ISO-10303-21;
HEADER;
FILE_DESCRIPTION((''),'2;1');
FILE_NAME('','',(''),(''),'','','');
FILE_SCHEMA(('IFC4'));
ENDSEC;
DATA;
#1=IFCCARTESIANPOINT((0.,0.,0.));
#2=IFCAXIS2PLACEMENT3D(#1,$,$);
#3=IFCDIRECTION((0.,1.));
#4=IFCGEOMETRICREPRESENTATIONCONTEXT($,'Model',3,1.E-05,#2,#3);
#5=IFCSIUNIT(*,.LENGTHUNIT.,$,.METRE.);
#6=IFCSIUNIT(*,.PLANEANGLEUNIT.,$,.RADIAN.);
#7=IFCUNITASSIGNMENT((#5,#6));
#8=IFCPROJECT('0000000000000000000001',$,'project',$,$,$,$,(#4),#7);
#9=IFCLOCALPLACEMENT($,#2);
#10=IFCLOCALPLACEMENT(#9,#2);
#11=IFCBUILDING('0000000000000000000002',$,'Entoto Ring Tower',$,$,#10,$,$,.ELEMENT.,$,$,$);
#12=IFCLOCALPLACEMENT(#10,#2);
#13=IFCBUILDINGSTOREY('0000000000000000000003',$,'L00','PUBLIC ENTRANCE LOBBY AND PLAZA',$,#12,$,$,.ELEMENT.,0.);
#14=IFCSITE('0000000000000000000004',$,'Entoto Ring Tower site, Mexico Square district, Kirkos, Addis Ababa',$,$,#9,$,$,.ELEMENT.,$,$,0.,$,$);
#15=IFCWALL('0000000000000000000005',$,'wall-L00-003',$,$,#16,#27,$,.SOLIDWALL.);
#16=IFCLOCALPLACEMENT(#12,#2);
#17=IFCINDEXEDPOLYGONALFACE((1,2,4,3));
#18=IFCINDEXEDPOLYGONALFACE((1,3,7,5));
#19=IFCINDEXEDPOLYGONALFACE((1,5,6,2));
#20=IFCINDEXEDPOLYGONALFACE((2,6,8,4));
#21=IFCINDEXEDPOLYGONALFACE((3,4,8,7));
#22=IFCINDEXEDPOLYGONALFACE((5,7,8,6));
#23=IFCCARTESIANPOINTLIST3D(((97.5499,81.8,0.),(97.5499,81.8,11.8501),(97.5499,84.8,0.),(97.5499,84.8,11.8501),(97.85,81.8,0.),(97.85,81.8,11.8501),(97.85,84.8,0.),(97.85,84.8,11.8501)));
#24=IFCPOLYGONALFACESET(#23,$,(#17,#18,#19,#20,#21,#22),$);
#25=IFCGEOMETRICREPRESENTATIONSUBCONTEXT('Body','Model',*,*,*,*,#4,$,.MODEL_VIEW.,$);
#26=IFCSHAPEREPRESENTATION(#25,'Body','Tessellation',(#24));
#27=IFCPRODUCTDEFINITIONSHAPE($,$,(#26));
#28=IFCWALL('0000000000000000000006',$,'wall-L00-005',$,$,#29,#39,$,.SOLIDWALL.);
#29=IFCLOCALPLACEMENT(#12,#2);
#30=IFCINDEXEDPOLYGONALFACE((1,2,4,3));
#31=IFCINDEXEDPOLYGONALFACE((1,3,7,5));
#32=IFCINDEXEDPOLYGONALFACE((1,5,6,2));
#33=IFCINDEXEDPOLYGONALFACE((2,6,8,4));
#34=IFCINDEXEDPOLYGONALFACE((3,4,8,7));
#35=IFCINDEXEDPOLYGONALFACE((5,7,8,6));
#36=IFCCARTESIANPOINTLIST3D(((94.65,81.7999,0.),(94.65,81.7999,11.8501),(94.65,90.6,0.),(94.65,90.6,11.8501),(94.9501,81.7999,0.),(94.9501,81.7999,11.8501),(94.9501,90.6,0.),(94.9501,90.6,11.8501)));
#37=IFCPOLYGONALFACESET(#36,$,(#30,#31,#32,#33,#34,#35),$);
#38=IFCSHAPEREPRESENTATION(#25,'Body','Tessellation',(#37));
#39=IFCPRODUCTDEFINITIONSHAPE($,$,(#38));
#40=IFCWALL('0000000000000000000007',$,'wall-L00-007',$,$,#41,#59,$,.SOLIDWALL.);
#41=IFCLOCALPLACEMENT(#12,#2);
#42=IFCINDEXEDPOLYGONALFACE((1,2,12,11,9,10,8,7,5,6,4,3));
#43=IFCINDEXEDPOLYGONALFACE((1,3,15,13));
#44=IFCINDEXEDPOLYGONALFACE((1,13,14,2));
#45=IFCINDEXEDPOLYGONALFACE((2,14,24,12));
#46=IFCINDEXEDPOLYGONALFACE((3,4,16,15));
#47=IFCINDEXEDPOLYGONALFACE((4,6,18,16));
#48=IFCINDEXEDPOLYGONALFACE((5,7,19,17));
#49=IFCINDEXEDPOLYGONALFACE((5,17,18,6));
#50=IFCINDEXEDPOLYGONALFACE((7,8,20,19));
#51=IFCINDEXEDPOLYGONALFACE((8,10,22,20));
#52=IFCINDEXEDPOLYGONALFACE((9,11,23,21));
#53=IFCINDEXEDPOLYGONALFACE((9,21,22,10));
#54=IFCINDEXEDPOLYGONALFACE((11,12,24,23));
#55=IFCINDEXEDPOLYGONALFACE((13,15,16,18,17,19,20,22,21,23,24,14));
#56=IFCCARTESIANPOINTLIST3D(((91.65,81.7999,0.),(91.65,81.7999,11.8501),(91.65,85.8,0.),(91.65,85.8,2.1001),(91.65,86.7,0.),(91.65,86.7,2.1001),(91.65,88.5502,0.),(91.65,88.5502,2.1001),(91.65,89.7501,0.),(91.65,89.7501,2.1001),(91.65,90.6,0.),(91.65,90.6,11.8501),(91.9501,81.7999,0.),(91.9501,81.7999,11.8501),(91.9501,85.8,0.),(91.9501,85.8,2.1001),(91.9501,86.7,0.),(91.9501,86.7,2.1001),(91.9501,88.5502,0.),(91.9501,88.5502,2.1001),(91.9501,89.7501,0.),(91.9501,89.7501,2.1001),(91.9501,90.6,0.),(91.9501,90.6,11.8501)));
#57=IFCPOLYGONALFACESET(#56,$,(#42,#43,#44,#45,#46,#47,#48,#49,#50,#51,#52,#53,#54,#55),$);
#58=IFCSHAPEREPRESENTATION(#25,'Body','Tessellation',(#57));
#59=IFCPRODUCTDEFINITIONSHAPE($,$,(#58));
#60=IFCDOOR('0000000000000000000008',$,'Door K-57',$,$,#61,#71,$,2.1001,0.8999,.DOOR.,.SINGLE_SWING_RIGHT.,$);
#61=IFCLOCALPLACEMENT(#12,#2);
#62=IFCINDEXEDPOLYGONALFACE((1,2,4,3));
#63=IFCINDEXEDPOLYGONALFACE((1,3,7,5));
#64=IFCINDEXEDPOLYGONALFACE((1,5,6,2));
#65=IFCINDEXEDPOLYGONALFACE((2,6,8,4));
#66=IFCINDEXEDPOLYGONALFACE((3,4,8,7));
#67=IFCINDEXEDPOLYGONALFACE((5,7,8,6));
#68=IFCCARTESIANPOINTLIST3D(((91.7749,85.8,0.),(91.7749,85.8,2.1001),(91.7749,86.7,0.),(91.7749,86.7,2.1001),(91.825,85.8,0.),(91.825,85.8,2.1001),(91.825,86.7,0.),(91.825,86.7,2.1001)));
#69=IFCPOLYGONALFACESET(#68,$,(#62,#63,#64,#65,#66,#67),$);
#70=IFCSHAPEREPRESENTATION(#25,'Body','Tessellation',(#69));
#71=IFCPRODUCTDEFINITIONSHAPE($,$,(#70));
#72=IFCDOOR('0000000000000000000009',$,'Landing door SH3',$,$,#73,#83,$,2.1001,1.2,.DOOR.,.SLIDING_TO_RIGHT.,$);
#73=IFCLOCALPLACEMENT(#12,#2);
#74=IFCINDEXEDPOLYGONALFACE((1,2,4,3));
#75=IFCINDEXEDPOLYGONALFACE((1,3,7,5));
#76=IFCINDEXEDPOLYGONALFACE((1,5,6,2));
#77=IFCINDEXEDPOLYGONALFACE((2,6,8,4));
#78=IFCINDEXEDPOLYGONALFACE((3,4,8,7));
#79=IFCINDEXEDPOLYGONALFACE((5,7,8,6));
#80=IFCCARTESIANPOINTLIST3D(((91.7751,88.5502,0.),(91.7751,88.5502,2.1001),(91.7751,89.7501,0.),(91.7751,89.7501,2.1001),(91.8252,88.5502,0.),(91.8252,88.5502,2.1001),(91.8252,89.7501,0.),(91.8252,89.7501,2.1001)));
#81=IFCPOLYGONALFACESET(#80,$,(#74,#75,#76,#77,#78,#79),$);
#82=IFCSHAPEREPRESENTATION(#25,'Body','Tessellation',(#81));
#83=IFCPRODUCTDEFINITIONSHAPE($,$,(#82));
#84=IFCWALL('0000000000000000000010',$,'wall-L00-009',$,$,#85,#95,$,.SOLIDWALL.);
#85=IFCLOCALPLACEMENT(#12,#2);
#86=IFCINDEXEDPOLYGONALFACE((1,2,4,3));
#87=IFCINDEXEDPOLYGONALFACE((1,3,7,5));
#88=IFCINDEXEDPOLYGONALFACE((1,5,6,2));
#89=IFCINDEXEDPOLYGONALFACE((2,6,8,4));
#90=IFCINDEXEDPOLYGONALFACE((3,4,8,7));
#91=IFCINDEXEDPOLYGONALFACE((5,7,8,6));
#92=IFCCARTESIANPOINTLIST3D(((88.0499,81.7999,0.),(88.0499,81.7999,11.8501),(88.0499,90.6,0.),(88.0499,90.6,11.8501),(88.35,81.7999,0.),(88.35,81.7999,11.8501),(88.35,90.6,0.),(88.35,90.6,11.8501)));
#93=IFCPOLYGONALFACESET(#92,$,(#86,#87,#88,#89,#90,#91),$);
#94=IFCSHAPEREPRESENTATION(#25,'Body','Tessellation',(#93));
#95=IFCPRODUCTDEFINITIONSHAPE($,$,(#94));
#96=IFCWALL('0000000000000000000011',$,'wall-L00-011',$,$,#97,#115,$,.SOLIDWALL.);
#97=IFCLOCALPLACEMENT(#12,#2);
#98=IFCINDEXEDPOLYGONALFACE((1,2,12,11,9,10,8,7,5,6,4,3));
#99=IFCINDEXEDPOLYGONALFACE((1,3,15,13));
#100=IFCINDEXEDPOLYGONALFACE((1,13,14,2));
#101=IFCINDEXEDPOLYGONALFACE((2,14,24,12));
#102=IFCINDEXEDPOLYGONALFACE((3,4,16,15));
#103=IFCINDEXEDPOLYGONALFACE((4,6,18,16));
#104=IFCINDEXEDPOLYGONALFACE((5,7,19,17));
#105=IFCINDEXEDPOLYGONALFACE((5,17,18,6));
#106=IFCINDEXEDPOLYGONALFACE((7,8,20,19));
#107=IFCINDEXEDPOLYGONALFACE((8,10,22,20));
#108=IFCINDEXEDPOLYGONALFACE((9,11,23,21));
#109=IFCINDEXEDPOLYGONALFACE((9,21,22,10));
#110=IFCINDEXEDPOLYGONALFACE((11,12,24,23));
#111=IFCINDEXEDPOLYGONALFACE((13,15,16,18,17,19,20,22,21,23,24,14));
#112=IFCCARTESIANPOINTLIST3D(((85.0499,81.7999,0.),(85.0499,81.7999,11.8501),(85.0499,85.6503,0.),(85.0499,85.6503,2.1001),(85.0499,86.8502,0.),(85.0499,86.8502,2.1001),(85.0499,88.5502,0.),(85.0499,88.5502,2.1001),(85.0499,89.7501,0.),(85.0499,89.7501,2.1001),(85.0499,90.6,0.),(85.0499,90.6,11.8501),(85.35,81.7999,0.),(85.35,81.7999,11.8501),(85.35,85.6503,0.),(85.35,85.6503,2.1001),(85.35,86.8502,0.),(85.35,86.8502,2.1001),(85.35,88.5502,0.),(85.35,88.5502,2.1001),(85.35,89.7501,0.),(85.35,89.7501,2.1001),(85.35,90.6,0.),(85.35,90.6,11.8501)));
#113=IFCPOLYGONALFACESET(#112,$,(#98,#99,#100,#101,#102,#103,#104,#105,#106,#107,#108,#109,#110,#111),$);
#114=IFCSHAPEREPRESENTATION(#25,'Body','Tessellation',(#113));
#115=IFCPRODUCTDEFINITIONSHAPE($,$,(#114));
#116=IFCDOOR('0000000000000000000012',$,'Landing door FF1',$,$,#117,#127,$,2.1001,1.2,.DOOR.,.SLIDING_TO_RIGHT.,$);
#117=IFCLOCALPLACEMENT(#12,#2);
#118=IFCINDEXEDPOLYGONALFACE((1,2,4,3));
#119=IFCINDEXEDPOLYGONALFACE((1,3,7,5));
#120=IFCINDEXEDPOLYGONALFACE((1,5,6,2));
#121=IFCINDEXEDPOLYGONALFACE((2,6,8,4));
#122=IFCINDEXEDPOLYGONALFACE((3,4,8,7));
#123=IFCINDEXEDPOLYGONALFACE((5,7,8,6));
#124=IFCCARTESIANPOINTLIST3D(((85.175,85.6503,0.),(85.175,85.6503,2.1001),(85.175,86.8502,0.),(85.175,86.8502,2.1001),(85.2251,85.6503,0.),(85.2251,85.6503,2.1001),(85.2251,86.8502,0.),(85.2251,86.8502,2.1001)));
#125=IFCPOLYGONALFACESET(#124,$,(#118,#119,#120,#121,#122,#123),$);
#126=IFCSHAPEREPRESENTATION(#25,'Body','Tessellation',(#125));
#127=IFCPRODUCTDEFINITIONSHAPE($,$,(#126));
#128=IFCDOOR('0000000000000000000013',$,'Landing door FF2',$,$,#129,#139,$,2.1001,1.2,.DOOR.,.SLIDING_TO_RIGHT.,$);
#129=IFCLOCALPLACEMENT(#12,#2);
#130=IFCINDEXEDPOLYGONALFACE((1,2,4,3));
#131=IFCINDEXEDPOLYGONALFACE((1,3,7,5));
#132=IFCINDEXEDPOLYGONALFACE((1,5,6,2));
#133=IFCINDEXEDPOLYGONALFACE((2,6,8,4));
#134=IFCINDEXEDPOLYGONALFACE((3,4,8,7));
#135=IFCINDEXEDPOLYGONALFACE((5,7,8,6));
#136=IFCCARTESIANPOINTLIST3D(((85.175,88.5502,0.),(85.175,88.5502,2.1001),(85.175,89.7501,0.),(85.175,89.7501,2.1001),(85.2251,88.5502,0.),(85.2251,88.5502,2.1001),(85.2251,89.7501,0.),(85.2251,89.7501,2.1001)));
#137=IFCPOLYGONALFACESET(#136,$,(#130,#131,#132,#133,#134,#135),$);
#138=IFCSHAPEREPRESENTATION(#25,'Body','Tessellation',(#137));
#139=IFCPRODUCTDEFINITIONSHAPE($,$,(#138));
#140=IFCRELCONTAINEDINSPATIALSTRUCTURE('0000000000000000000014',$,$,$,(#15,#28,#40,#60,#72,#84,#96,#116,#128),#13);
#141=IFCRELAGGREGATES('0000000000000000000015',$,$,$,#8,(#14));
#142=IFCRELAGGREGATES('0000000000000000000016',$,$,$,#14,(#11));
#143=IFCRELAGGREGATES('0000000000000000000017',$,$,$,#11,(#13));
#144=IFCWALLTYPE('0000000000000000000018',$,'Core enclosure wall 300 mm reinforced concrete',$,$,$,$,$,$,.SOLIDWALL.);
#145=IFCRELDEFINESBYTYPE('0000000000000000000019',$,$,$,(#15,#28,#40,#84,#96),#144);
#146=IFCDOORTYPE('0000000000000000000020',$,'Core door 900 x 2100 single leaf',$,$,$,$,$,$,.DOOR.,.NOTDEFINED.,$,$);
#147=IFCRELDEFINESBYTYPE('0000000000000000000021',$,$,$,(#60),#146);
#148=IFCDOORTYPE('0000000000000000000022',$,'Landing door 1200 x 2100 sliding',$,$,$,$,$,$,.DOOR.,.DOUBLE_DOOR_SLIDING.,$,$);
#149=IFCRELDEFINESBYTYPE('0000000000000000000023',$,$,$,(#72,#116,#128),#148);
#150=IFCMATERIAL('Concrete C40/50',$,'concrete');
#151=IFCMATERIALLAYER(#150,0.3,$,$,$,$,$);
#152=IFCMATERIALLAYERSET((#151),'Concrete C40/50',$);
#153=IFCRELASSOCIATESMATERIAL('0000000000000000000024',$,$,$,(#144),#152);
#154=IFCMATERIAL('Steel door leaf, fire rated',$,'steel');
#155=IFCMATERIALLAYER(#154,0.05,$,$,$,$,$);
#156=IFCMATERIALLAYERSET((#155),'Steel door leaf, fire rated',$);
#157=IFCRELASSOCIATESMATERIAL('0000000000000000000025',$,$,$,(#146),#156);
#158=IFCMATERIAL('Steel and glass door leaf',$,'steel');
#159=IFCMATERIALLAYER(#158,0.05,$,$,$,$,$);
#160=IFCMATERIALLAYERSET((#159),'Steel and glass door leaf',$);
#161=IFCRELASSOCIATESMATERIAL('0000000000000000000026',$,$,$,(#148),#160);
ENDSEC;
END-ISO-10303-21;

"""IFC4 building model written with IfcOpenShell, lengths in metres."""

from ifc_helpers import new_model, si_unit, direction, frame, frame_2d, origin, place, context, subcontext, project, spatial, rectangle, extrude, material, layer, layer_set, type_object, element, fill, save


model = new_model("IFC4")

# Units and contexts
model_context = context("Model", 3, precision=1e-05, world=origin(), true_north=direction((0.0, 1.0)))
body_context = subcontext(model_context, "Body", "Model", "MODEL_VIEW")
ifc_project = project(units=[si_unit("LENGTHUNIT", "METRE"), si_unit("PLANEANGLEUNIT", "RADIAN")], contexts=[model_context])

# Site, building, storey
site_placement = place(None, origin())
site = spatial("IfcSite", under=ifc_project, at=site_placement, Name="Entoto Ring Tower site, Mexico Square district, Kirkos, Addis Ababa", CompositionType="ELEMENT", RefElevation=0.0)
building_placement = place(site_placement, origin())
building = spatial("IfcBuilding", under=site, at=building_placement, Name="Entoto Ring Tower", CompositionType="ELEMENT")
storey_placement = place(building_placement, origin())
storey = spatial("IfcBuildingStorey", under=building, at=storey_placement, Name="L00", Description="PUBLIC ENTRANCE LOBBY AND PLAZA", CompositionType="ELEMENT", Elevation=0.0)

# Walls
ifc_material_1 = material(Name="Concrete C40/50", Category="concrete")
ifc_layer_1 = layer(ifc_material_1, 0.3)
ifc_layer_set_1 = layer_set([ifc_layer_1], Name="Concrete C40/50")
wall_type = type_object("IfcWallType", Name="Core enclosure wall 300 mm reinforced concrete", PredefinedType="SOLIDWALL", material=ifc_layer_set_1)
wall_1_placement = place(storey_placement, frame((97.7, 81.8, 0.0), z_axis=(0.0, 0.0, 1.0), x_axis=(0.0, 1.0, 0.0)))
element("IfcWall", 1, at=wall_1_placement, inside=storey, type_object=wall_type, Name="wall-L00-003", PredefinedType="SOLIDWALL", context=body_context, shape_type="SweptSolid", body=[
    extrude(rectangle(XDim=3.0, YDim=0.3, at=frame_2d((1.5, 0.0))), origin(), (0.0, 0.0, 1.0), 11.8501),
])
wall_2_placement = place(storey_placement, frame((94.8, 81.8, 0.0), z_axis=(0.0, 0.0, 1.0), x_axis=(0.0, 1.0, 0.0)))
element("IfcWall", 2, at=wall_2_placement, inside=storey, type_object=wall_type, Name="wall-L00-005", PredefinedType="SOLIDWALL", context=body_context, shape_type="SweptSolid", body=[
    extrude(rectangle(XDim=8.8, YDim=0.3, at=frame_2d((4.3999, 0.0))), origin(), (0.0, 0.0, 1.0), 11.8501),
])

# Wall, openings, doors
wall_3_placement = place(storey_placement, frame((91.8, 81.8, 0.0), z_axis=(0.0, 0.0, 1.0), x_axis=(0.0, 1.0, 0.0)))
wall_3 = element("IfcWall", 3, at=wall_3_placement, inside=storey, type_object=wall_type, Name="wall-L00-007", PredefinedType="SOLIDWALL", context=body_context, shape_type="SweptSolid", body=[
    extrude(rectangle(XDim=8.8, YDim=0.3, at=frame_2d((4.3999, 0.0))), origin(), (0.0, 0.0, 1.0), 11.8501),
])
opening_1_placement = place(wall_3_placement, frame((6.75, 0.0, 0.0)))
opening_1 = element("IfcOpeningElement", 4, at=opening_1_placement, cuts=wall_3, PredefinedType="OPENING", context=body_context, shape_type="SweptSolid", body=[
    extrude(rectangle(XDim=1.2, YDim=2.1001, at=frame_2d((0.6001, 1.05))), frame((0.0, 0.1602, 0.0), z_axis=(0.0, -1.0, 0.0), x_axis=(1.0, 0.0, 0.0)), (0.0, 0.0, 1.0), 0.3201),
])
opening_2_placement = place(wall_3_placement, frame((4.0, 0.0, 0.0)))
opening_2 = element("IfcOpeningElement", 5, at=opening_2_placement, cuts=wall_3, PredefinedType="OPENING", context=body_context, shape_type="SweptSolid", body=[
    extrude(rectangle(XDim=0.8999, YDim=2.1001, at=frame_2d((0.45, 1.05))), frame((0.0, 0.1602, 0.0), z_axis=(0.0, -1.0, 0.0), x_axis=(1.0, 0.0, 0.0)), (0.0, 0.0, 1.0), 0.3201),
])
ifc_material_2 = material(Name="Steel door leaf, fire rated", Category="steel")
ifc_layer_2 = layer(ifc_material_2, 0.05)
ifc_layer_set_2 = layer_set([ifc_layer_2], Name="Steel door leaf, fire rated")
door_type_1 = type_object("IfcDoorType", Name="Core door 900 x 2100 single leaf", OperationType="NOTDEFINED", PredefinedType="DOOR", material=ifc_layer_set_2)
door_1_placement = place(opening_2_placement, frame((0.8999, 0.0, 0.0), z_axis=(0.0, 0.0, 1.0), x_axis=(-1.0, 0.0, 0.0)))
door_1 = element("IfcDoor", 6, at=door_1_placement, inside=storey, type_object=door_type_1, Name="Door K-57", OperationType="SINGLE_SWING_RIGHT", OverallHeight=2.1001, OverallWidth=0.8999, PredefinedType="DOOR", context=body_context, shape_type="SweptSolid", body=[
    extrude(rectangle(XDim=0.8999, YDim=2.1001, at=frame_2d((0.45, 1.05))), frame((0.0, 0.0249, 0.0), z_axis=(0.0, -1.0, 0.0), x_axis=(1.0, 0.0, 0.0)), (0.0, 0.0, 1.0), 0.05),
])
fill(opening_2, door_1)
ifc_material_3 = material(Name="Steel and glass door leaf", Category="steel")
ifc_layer_3 = layer(ifc_material_3, 0.05)
ifc_layer_set_3 = layer_set([ifc_layer_3], Name="Steel and glass door leaf")
door_type_2 = type_object("IfcDoorType", Name="Landing door 1200 x 2100 sliding", OperationType="DOUBLE_DOOR_SLIDING", PredefinedType="DOOR", material=ifc_layer_set_3)
door_2_placement = place(opening_1_placement, origin())
door_2 = element("IfcDoor", 7, at=door_2_placement, inside=storey, type_object=door_type_2, Name="Landing door SH3", OperationType="SLIDING_TO_RIGHT", OverallHeight=2.1001, OverallWidth=1.2, PredefinedType="DOOR", context=body_context, shape_type="SweptSolid", body=[
    extrude(rectangle(XDim=1.2, YDim=2.1001, at=frame_2d((0.6001, 1.05))), frame((0.0, 0.0249, 0.0), z_axis=(0.0, -1.0, 0.0), x_axis=(1.0, 0.0, 0.0)), (0.0, 0.0, 1.0), 0.05),
])
fill(opening_1, door_2)

# Wall
wall_4_placement = place(storey_placement, frame((88.2, 81.8, 0.0), z_axis=(0.0, 0.0, 1.0), x_axis=(0.0, 1.0, 0.0)))
element("IfcWall", 8, at=wall_4_placement, inside=storey, type_object=wall_type, Name="wall-L00-009", PredefinedType="SOLIDWALL", context=body_context, shape_type="SweptSolid", body=[
    extrude(rectangle(XDim=8.8, YDim=0.3, at=frame_2d((4.3999, 0.0))), origin(), (0.0, 0.0, 1.0), 11.8501),
])

# Wall, openings, doors
wall_5_placement = place(storey_placement, frame((85.2, 81.8, 0.0), z_axis=(0.0, 0.0, 1.0), x_axis=(0.0, 1.0, 0.0)))
wall_5 = element("IfcWall", 9, at=wall_5_placement, inside=storey, type_object=wall_type, Name="wall-L00-011", PredefinedType="SOLIDWALL", context=body_context, shape_type="SweptSolid", body=[
    extrude(rectangle(XDim=8.8, YDim=0.3, at=frame_2d((4.3999, 0.0))), origin(), (0.0, 0.0, 1.0), 11.8501),
])
opening_3_placement = place(wall_5_placement, frame((3.8501, 0.0, 0.0)))
opening_3 = element("IfcOpeningElement", 10, at=opening_3_placement, cuts=wall_5, PredefinedType="OPENING", context=body_context, shape_type="SweptSolid", body=[
    extrude(rectangle(XDim=1.2, YDim=2.1001, at=frame_2d((0.6001, 1.05))), frame((0.0, 0.1602, 0.0), z_axis=(0.0, -1.0, 0.0), x_axis=(1.0, 0.0, 0.0)), (0.0, 0.0, 1.0), 0.3201),
])
opening_4_placement = place(wall_5_placement, frame((6.75, 0.0, 0.0)))
opening_4 = element("IfcOpeningElement", 11, at=opening_4_placement, cuts=wall_5, PredefinedType="OPENING", context=body_context, shape_type="SweptSolid", body=[
    extrude(rectangle(XDim=1.2, YDim=2.1001, at=frame_2d((0.6001, 1.05))), frame((0.0, 0.1602, 0.0), z_axis=(0.0, -1.0, 0.0), x_axis=(1.0, 0.0, 0.0)), (0.0, 0.0, 1.0), 0.3201),
])
door_3_placement = place(opening_3_placement, origin())
door_3 = element("IfcDoor", 12, at=door_3_placement, inside=storey, type_object=door_type_2, Name="Landing door FF1", OperationType="SLIDING_TO_RIGHT", OverallHeight=2.1001, OverallWidth=1.2, PredefinedType="DOOR", context=body_context, shape_type="SweptSolid", body=[
    extrude(rectangle(XDim=1.2, YDim=2.1001, at=frame_2d((0.6001, 1.05))), frame((0.0, 0.0249, 0.0), z_axis=(0.0, -1.0, 0.0), x_axis=(1.0, 0.0, 0.0)), (0.0, 0.0, 1.0), 0.05),
])
fill(opening_3, door_3)
door_4_placement = place(opening_4_placement, origin())
door_4 = element("IfcDoor", 13, at=door_4_placement, inside=storey, type_object=door_type_2, Name="Landing door FF2", OperationType="SLIDING_TO_RIGHT", OverallHeight=2.1001, OverallWidth=1.2, PredefinedType="DOOR", context=body_context, shape_type="SweptSolid", body=[
    extrude(rectangle(XDim=1.2, YDim=2.1001, at=frame_2d((0.6001, 1.05))), frame((0.0, 0.0249, 0.0), z_axis=(0.0, -1.0, 0.0), x_axis=(1.0, 0.0, 0.0)), (0.0, 0.0, 1.0), 0.05),
])
fill(opening_4, door_4)

save(model, "model.ifc")
